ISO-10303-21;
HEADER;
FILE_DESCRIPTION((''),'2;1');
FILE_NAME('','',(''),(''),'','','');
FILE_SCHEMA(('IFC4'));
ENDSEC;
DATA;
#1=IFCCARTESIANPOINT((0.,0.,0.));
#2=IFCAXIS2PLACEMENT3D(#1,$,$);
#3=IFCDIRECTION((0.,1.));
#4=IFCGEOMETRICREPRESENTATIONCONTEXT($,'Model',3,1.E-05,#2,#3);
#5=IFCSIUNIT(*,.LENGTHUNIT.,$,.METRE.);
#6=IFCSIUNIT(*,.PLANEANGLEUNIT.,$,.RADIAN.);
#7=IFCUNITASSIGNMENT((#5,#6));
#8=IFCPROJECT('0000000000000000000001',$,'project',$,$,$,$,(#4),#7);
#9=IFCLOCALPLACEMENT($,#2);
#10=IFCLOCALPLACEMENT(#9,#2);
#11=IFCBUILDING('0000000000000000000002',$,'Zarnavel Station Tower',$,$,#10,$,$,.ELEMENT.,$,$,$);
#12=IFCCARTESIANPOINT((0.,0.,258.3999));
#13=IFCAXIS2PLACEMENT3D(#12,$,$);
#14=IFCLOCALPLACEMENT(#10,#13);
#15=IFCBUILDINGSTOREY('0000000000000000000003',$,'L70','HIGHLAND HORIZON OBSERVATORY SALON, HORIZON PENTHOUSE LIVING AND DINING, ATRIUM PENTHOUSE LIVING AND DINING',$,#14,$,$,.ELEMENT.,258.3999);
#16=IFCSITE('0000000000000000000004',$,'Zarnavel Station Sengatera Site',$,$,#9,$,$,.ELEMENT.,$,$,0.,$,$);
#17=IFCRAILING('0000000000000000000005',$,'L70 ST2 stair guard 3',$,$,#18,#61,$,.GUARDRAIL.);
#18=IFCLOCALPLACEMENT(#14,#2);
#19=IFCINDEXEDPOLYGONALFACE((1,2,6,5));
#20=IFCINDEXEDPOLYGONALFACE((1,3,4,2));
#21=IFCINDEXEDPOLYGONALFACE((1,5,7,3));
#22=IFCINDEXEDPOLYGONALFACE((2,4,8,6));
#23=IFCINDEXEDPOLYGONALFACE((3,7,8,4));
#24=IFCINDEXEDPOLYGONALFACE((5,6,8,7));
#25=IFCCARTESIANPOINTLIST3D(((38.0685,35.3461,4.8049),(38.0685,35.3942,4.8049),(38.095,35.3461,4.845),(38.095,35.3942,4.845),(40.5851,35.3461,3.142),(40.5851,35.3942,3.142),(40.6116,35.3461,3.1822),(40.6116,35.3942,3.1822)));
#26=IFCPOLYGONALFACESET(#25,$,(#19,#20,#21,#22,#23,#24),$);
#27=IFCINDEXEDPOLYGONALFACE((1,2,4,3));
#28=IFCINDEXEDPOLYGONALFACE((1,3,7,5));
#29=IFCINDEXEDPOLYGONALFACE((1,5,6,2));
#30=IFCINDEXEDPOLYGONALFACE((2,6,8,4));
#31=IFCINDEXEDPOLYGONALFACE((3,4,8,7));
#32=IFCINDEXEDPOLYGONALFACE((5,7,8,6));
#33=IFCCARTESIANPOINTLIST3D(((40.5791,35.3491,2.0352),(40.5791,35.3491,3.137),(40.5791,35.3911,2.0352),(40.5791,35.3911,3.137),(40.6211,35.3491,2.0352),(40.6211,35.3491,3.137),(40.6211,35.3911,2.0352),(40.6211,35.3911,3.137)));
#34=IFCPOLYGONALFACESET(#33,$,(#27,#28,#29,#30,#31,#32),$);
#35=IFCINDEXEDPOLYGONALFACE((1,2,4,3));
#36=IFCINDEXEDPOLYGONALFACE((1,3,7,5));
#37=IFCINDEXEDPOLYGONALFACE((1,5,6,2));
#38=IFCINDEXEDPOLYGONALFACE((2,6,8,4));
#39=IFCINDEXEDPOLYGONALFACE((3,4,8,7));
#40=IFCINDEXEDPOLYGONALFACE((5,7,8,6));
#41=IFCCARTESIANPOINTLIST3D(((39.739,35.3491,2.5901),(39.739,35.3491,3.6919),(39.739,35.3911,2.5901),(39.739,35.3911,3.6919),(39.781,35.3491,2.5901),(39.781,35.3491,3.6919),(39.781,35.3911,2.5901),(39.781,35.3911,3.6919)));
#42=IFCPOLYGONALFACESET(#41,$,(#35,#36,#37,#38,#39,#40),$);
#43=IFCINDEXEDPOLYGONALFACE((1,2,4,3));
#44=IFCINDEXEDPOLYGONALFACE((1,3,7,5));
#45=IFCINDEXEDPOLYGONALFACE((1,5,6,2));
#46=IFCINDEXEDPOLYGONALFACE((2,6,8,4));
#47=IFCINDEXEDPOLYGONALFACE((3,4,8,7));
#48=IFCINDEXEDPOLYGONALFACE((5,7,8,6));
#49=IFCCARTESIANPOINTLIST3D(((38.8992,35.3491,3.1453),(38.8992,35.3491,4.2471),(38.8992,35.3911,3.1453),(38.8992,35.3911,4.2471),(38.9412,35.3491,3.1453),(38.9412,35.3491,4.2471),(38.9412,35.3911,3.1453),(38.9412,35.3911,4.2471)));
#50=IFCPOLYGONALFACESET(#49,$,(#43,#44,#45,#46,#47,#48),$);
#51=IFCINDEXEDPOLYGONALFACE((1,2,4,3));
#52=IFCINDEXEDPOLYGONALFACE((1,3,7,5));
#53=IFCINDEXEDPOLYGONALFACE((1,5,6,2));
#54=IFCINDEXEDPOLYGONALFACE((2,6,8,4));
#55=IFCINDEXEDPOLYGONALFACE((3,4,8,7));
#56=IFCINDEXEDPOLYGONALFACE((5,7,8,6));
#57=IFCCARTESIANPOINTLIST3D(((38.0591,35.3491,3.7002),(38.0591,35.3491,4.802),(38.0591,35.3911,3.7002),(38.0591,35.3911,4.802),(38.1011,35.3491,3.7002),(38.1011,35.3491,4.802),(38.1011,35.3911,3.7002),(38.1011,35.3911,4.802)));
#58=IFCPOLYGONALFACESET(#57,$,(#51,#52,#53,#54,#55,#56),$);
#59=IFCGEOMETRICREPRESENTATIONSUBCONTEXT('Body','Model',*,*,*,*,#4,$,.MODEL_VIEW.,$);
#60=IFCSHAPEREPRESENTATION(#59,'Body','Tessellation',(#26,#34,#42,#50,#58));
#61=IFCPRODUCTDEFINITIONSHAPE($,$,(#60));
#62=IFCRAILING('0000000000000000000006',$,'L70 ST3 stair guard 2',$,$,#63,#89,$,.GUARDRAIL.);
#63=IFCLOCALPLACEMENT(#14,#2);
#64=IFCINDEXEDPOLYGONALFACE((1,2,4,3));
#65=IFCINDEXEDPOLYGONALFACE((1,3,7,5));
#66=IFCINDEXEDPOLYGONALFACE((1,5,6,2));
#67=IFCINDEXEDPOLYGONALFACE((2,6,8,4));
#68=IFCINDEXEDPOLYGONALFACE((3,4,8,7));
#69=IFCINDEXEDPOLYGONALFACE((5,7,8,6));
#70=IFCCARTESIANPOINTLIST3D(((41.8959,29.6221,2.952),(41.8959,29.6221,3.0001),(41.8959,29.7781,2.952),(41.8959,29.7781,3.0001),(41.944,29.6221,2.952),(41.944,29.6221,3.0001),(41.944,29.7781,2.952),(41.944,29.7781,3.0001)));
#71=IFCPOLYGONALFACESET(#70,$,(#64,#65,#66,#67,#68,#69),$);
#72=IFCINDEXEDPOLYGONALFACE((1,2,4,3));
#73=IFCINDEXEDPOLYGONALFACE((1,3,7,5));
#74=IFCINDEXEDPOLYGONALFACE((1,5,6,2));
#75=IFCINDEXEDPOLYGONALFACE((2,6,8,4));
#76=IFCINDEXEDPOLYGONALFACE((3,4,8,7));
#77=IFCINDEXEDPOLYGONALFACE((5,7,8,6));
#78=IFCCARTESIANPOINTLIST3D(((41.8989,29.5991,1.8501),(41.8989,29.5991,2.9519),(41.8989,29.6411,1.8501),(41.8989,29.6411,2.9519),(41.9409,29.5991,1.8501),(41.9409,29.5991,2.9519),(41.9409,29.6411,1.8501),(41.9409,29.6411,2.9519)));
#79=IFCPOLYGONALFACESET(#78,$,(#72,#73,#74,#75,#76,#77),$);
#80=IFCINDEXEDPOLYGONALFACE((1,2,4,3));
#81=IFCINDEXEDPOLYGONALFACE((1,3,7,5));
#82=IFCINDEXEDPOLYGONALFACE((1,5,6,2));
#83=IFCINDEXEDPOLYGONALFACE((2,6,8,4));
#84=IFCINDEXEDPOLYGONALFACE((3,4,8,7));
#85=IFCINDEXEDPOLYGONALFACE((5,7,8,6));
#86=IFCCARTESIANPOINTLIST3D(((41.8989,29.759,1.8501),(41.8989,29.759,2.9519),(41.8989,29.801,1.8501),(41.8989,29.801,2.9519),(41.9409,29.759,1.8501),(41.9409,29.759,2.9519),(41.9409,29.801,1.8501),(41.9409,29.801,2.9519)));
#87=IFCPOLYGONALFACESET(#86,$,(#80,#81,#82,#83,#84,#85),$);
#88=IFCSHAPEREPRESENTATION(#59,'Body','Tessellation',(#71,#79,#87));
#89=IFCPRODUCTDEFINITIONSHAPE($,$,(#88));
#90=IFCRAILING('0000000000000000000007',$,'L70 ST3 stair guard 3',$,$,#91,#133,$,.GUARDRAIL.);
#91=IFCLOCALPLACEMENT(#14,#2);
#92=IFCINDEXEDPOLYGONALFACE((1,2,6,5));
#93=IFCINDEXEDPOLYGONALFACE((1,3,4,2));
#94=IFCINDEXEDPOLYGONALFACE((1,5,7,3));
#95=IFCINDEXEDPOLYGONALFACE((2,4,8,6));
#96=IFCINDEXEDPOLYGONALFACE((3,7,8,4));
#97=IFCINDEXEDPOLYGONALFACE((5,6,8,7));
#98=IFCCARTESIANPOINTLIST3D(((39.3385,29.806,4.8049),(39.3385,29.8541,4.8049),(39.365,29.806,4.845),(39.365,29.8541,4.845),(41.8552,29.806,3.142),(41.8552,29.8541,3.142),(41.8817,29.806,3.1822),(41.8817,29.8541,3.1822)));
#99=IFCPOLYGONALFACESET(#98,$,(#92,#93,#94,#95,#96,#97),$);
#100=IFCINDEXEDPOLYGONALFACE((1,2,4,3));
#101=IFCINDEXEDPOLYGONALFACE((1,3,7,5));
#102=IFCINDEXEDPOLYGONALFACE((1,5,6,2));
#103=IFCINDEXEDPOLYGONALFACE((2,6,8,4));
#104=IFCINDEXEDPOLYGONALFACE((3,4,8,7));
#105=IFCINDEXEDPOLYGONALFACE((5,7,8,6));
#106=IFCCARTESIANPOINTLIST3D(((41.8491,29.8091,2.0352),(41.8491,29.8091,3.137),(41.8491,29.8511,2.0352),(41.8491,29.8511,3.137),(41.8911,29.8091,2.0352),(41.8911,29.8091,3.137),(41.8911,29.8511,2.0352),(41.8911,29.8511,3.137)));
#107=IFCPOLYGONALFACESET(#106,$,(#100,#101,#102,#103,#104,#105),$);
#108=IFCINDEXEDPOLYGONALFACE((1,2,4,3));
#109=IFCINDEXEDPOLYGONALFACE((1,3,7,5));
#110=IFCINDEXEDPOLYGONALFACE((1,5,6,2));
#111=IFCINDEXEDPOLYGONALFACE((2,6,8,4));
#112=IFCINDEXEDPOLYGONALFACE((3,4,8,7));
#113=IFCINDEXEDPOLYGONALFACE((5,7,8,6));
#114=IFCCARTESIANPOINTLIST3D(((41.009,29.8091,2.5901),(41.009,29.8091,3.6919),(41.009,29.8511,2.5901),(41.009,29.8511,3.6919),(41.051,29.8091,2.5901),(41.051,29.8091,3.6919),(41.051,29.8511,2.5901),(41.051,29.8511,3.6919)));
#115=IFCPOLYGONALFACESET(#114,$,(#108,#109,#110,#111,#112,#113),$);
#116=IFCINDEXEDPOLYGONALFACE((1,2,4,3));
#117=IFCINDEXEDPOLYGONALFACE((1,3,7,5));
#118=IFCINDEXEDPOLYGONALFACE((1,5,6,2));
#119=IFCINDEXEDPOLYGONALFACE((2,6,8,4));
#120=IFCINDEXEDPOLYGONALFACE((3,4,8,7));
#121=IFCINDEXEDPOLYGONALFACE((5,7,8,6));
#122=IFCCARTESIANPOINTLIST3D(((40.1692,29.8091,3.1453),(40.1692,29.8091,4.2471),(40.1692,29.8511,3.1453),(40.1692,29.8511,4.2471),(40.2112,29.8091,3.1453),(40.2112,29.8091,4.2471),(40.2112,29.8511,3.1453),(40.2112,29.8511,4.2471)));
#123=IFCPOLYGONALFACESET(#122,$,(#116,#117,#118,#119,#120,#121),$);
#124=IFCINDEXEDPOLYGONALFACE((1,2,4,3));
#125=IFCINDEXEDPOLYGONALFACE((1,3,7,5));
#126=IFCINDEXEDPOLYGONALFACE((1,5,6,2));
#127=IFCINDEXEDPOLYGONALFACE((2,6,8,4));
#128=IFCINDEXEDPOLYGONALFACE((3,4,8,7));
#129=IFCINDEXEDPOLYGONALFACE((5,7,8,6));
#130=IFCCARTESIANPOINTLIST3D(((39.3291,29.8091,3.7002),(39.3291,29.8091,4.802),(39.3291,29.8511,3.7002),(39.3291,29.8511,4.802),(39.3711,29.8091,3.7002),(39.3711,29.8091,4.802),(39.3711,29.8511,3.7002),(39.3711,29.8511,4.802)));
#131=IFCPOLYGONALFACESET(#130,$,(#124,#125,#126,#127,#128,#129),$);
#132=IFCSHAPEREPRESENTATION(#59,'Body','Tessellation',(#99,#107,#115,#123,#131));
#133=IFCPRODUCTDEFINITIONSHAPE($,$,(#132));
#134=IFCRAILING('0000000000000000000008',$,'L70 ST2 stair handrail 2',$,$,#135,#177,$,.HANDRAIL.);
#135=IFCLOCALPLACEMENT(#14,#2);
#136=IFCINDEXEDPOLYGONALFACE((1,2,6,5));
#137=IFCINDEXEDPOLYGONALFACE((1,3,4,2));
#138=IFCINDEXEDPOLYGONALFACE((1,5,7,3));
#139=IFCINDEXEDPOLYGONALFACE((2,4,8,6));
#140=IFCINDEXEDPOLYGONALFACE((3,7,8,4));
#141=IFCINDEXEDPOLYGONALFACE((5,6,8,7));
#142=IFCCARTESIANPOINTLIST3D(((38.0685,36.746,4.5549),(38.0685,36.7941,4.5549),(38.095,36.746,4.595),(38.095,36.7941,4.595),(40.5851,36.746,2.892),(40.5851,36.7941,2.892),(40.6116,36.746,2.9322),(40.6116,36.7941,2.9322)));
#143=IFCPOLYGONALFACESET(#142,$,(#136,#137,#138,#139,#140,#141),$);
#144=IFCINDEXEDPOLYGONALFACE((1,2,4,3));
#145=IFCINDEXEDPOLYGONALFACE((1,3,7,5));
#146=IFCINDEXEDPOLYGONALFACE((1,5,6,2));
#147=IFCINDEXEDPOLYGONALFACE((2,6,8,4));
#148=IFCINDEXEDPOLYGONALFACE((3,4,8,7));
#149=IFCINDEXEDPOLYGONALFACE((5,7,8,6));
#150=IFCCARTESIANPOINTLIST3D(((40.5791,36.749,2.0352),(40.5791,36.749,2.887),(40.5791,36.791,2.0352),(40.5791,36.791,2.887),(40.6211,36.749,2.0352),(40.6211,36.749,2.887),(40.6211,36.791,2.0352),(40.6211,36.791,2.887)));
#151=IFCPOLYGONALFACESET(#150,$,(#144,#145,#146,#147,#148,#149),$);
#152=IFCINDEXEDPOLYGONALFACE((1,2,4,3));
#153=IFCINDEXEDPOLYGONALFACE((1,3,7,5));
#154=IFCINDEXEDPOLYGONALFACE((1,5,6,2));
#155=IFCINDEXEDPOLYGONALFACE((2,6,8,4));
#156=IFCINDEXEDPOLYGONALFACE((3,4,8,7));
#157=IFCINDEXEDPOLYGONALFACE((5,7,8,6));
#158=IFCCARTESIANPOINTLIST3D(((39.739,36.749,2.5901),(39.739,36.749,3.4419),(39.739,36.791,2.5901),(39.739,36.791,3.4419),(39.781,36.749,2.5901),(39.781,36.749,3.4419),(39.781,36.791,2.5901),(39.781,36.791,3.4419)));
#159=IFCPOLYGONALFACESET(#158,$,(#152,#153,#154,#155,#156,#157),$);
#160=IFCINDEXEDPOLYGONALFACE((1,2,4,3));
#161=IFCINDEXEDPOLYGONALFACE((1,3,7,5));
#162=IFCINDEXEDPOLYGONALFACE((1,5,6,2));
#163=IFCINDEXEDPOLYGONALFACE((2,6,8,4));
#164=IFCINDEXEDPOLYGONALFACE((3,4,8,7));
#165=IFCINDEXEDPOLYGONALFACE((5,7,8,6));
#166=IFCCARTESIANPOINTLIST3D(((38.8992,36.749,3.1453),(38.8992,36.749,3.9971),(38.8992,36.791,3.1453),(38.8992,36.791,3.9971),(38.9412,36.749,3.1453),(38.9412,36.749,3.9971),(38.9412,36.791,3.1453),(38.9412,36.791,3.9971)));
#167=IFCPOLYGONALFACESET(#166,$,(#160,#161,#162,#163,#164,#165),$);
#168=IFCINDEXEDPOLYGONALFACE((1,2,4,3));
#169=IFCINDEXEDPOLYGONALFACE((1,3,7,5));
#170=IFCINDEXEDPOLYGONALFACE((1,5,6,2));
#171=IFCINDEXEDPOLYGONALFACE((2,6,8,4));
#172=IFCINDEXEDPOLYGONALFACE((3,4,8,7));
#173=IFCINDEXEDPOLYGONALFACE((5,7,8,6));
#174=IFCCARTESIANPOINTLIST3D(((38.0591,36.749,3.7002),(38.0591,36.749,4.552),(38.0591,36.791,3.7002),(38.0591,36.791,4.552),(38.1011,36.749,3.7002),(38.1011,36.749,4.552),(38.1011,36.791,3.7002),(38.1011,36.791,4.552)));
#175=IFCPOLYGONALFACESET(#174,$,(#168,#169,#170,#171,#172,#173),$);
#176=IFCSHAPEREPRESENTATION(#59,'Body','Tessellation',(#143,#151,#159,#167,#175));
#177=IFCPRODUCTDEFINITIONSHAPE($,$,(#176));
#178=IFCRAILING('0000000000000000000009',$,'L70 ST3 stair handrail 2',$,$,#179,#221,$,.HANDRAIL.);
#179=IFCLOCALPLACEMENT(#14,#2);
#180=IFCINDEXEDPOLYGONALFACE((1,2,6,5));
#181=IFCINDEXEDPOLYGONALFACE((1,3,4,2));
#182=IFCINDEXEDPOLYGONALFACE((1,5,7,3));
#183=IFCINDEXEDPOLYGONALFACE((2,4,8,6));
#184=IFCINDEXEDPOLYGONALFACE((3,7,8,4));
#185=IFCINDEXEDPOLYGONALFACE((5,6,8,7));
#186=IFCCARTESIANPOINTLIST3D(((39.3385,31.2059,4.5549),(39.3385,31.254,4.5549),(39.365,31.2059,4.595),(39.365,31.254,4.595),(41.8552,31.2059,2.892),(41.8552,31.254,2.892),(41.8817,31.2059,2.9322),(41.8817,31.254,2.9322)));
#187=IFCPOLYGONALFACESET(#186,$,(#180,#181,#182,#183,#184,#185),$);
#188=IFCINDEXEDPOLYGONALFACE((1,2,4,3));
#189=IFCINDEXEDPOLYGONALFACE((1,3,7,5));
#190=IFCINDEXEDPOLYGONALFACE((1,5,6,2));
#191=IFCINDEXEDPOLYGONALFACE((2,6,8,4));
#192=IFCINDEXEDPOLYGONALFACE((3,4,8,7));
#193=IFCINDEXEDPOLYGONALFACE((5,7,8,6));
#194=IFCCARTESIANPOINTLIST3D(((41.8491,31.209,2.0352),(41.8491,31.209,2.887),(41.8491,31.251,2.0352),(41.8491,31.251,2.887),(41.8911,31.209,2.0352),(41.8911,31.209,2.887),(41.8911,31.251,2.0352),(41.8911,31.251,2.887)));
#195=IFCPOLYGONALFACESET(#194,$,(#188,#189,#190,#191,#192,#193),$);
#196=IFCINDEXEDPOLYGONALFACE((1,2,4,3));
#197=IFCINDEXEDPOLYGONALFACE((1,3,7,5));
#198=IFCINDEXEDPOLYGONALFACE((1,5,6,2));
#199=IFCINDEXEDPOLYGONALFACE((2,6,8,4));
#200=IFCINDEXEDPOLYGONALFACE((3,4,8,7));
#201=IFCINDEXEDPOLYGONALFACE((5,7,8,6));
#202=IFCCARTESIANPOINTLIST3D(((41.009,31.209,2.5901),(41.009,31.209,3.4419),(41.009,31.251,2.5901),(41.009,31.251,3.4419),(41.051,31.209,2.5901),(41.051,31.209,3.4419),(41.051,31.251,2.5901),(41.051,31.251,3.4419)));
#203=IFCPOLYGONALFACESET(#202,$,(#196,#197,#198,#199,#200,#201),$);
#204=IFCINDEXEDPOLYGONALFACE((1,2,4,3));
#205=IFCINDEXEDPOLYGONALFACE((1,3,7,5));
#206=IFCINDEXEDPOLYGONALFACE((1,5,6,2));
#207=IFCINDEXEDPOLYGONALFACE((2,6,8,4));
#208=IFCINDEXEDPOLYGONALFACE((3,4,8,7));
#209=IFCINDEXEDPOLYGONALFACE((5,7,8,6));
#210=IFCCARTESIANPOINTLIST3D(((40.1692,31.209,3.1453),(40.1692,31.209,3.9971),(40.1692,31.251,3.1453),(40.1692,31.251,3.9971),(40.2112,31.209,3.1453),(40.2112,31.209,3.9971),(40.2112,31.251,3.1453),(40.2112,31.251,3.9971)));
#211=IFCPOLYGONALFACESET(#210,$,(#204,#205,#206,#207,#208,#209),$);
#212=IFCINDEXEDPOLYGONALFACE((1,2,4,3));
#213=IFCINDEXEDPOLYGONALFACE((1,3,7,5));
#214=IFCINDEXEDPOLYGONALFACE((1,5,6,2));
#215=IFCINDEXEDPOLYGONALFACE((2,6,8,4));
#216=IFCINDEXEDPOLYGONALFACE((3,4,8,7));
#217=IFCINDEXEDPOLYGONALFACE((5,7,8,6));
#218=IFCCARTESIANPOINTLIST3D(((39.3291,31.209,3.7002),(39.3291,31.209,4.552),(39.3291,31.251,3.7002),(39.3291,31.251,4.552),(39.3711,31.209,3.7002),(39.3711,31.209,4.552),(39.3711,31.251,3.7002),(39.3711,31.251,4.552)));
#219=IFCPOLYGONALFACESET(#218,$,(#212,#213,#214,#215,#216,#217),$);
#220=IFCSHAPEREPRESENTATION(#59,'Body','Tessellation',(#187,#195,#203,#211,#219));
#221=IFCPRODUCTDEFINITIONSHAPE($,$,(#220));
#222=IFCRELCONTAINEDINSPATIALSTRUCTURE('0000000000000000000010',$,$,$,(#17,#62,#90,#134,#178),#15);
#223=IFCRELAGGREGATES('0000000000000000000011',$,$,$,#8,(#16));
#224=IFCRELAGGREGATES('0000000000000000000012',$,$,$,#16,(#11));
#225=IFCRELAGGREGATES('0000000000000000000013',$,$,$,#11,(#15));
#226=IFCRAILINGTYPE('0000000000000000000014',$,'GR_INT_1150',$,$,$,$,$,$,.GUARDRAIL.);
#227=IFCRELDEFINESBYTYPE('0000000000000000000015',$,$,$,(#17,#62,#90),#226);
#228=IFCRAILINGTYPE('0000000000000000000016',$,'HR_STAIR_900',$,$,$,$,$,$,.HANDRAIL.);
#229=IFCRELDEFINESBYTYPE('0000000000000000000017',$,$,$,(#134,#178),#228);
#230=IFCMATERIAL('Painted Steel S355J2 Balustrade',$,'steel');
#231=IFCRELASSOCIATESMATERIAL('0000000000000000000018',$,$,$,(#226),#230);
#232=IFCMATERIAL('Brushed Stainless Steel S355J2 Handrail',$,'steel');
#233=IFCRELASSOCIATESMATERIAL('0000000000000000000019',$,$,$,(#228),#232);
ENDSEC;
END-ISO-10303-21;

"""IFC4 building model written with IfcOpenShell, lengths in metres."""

from ifc_helpers import new_model, si_unit, direction, frame, origin, origin_2d, place, context, subcontext, project, spatial, rectangle, extrude, material, type_object, element, save


model = new_model("IFC4")

# Units and contexts
model_context = context("Model", 3, precision=1e-05, world=origin(), true_north=direction((0.0, 1.0)))
body_context = subcontext(model_context, "Body", "Model", "MODEL_VIEW")
ifc_project = project(units=[si_unit("LENGTHUNIT", "METRE"), si_unit("PLANEANGLEUNIT", "RADIAN")], contexts=[model_context])

# Site, building, storey
site_placement = place(None, origin())
site = spatial("IfcSite", under=ifc_project, at=site_placement, Name="Zarnavel Station Sengatera Site", CompositionType="ELEMENT", RefElevation=0.0)
building_placement = place(site_placement, origin())
building = spatial("IfcBuilding", under=site, at=building_placement, Name="Zarnavel Station Tower", CompositionType="ELEMENT")
storey_placement = place(building_placement, frame((0.0, 0.0, 258.3999)))
storey = spatial("IfcBuildingStorey", under=building, at=storey_placement, Name="L70", Description="HIGHLAND HORIZON OBSERVATORY SALON, HORIZON PENTHOUSE LIVING AND DINING, ATRIUM PENTHOUSE LIVING AND DINING", CompositionType="ELEMENT", Elevation=258.3999)

# Railings
ifc_material_1 = material(Name="Painted Steel S355J2 Balustrade", Category="steel")
railing_type_1 = type_object("IfcRailingType", Name="GR_INT_1150", PredefinedType="GUARDRAIL", material=ifc_material_1)
railing_1_placement = place(storey_placement, frame((40.6001, 35.3701, 2.0352)))
element("IfcRailing", 1, at=railing_1_placement, inside=storey, type_object=railing_type_1, Name="L70 ST2 stair guard 3", PredefinedType="GUARDRAIL", context=body_context, shape_type="SweptSolid", body=[
    extrude(rectangle(XDim=0.0481, YDim=0.0481, at=origin_2d()), frame((-0.0017, 0.0, 1.127), z_axis=(-0.834331, 0.0, 0.551263), x_axis=(0.0, -1.0, 0.0)), (0.0, 0.0, 1.0), 3.0164),
    extrude(rectangle(XDim=0.042, YDim=0.042, at=origin_2d()), origin(), (0.0, 0.0, 1.0), 1.1018),
    extrude(rectangle(XDim=0.042, YDim=0.042, at=origin_2d()), frame((-0.8401, 0.0, 0.5549)), (0.0, 0.0, 1.0), 1.1018),
    extrude(rectangle(XDim=0.042, YDim=0.042, at=origin_2d()), frame((-1.6799, 0.0, 1.1101)), (0.0, 0.0, 1.0), 1.1018),
    extrude(rectangle(XDim=0.042, YDim=0.042, at=origin_2d()), frame((-2.52, 0.0, 1.665)), (0.0, 0.0, 1.0), 1.1018),
])
railing_2_placement = place(storey_placement, frame((41.9199, 29.6201, 1.8501)))
element("IfcRailing", 2, at=railing_2_placement, inside=storey, type_object=railing_type_1, Name="L70 ST3 stair guard 2", PredefinedType="GUARDRAIL", context=body_context, shape_type="SweptSolid", body=[
    extrude(rectangle(XDim=0.0481, YDim=0.0481, at=origin_2d()), frame((0.0, 0.002, 1.126), z_axis=(0.0, 1.0, 0.0), x_axis=(-1.0, 0.0, 0.0)), (0.0, 0.0, 1.0), 0.156),
    extrude(rectangle(XDim=0.042, YDim=0.042, at=origin_2d()), origin(), (0.0, 0.0, 1.0), 1.1018),
    extrude(rectangle(XDim=0.042, YDim=0.042, at=origin_2d()), frame((0.0, 0.1599, 0.0)), (0.0, 0.0, 1.0), 1.1018),
])
railing_3_placement = place(storey_placement, frame((41.8701, 29.8301, 2.0352)))
element("IfcRailing", 3, at=railing_3_placement, inside=storey, type_object=railing_type_1, Name="L70 ST3 stair guard 3", PredefinedType="GUARDRAIL", context=body_context, shape_type="SweptSolid", body=[
    extrude(rectangle(XDim=0.0481, YDim=0.0481, at=origin_2d()), frame((-0.0017, 0.0, 1.127), z_axis=(-0.834331, 0.0, 0.551263), x_axis=(0.0, -1.0, 0.0)), (0.0, 0.0, 1.0), 3.0164),
    extrude(rectangle(XDim=0.042, YDim=0.042, at=origin_2d()), origin(), (0.0, 0.0, 1.0), 1.1018),
    extrude(rectangle(XDim=0.042, YDim=0.042, at=origin_2d()), frame((-0.8401, 0.0, 0.5549)), (0.0, 0.0, 1.0), 1.1018),
    extrude(rectangle(XDim=0.042, YDim=0.042, at=origin_2d()), frame((-1.6799, 0.0, 1.1101)), (0.0, 0.0, 1.0), 1.1018),
    extrude(rectangle(XDim=0.042, YDim=0.042, at=origin_2d()), frame((-2.52, 0.0, 1.665)), (0.0, 0.0, 1.0), 1.1018),
])
ifc_material_2 = material(Name="Brushed Stainless Steel S355J2 Handrail", Category="steel")
railing_type_2 = type_object("IfcRailingType", Name="HR_STAIR_900", PredefinedType="HANDRAIL", material=ifc_material_2)
for number, where, name in (
    (4, (40.6001, 36.77, 2.0352), "L70 ST2 stair handrail 2"),
    (5, (41.8701, 31.23, 2.0352), "L70 ST3 stair handrail 2"),
):
    element("IfcRailing", number, at=place(storey_placement, frame(where)), inside=storey, type_object=railing_type_2, Name=name, PredefinedType="HANDRAIL", context=body_context, shape_type="SweptSolid", body=[
        extrude(rectangle(XDim=0.0481, YDim=0.0481, at=origin_2d()), frame((-0.0017, 0.0, 0.877), z_axis=(-0.834331, 0.0, 0.551263), x_axis=(0.0, -1.0, 0.0)), (0.0, 0.0, 1.0), 3.0164),
        extrude(rectangle(XDim=0.042, YDim=0.042, at=origin_2d()), origin(), (0.0, 0.0, 1.0), 0.8518),
        extrude(rectangle(XDim=0.042, YDim=0.042, at=origin_2d()), frame((-0.8401, 0.0, 0.5549)), (0.0, 0.0, 1.0), 0.8518),
        extrude(rectangle(XDim=0.042, YDim=0.042, at=origin_2d()), frame((-1.6799, 0.0, 1.1101)), (0.0, 0.0, 1.0), 0.8518),
        extrude(rectangle(XDim=0.042, YDim=0.042, at=origin_2d()), frame((-2.52, 0.0, 1.665)), (0.0, 0.0, 1.0), 0.8518),
    ])

save(model, "model.ifc")
